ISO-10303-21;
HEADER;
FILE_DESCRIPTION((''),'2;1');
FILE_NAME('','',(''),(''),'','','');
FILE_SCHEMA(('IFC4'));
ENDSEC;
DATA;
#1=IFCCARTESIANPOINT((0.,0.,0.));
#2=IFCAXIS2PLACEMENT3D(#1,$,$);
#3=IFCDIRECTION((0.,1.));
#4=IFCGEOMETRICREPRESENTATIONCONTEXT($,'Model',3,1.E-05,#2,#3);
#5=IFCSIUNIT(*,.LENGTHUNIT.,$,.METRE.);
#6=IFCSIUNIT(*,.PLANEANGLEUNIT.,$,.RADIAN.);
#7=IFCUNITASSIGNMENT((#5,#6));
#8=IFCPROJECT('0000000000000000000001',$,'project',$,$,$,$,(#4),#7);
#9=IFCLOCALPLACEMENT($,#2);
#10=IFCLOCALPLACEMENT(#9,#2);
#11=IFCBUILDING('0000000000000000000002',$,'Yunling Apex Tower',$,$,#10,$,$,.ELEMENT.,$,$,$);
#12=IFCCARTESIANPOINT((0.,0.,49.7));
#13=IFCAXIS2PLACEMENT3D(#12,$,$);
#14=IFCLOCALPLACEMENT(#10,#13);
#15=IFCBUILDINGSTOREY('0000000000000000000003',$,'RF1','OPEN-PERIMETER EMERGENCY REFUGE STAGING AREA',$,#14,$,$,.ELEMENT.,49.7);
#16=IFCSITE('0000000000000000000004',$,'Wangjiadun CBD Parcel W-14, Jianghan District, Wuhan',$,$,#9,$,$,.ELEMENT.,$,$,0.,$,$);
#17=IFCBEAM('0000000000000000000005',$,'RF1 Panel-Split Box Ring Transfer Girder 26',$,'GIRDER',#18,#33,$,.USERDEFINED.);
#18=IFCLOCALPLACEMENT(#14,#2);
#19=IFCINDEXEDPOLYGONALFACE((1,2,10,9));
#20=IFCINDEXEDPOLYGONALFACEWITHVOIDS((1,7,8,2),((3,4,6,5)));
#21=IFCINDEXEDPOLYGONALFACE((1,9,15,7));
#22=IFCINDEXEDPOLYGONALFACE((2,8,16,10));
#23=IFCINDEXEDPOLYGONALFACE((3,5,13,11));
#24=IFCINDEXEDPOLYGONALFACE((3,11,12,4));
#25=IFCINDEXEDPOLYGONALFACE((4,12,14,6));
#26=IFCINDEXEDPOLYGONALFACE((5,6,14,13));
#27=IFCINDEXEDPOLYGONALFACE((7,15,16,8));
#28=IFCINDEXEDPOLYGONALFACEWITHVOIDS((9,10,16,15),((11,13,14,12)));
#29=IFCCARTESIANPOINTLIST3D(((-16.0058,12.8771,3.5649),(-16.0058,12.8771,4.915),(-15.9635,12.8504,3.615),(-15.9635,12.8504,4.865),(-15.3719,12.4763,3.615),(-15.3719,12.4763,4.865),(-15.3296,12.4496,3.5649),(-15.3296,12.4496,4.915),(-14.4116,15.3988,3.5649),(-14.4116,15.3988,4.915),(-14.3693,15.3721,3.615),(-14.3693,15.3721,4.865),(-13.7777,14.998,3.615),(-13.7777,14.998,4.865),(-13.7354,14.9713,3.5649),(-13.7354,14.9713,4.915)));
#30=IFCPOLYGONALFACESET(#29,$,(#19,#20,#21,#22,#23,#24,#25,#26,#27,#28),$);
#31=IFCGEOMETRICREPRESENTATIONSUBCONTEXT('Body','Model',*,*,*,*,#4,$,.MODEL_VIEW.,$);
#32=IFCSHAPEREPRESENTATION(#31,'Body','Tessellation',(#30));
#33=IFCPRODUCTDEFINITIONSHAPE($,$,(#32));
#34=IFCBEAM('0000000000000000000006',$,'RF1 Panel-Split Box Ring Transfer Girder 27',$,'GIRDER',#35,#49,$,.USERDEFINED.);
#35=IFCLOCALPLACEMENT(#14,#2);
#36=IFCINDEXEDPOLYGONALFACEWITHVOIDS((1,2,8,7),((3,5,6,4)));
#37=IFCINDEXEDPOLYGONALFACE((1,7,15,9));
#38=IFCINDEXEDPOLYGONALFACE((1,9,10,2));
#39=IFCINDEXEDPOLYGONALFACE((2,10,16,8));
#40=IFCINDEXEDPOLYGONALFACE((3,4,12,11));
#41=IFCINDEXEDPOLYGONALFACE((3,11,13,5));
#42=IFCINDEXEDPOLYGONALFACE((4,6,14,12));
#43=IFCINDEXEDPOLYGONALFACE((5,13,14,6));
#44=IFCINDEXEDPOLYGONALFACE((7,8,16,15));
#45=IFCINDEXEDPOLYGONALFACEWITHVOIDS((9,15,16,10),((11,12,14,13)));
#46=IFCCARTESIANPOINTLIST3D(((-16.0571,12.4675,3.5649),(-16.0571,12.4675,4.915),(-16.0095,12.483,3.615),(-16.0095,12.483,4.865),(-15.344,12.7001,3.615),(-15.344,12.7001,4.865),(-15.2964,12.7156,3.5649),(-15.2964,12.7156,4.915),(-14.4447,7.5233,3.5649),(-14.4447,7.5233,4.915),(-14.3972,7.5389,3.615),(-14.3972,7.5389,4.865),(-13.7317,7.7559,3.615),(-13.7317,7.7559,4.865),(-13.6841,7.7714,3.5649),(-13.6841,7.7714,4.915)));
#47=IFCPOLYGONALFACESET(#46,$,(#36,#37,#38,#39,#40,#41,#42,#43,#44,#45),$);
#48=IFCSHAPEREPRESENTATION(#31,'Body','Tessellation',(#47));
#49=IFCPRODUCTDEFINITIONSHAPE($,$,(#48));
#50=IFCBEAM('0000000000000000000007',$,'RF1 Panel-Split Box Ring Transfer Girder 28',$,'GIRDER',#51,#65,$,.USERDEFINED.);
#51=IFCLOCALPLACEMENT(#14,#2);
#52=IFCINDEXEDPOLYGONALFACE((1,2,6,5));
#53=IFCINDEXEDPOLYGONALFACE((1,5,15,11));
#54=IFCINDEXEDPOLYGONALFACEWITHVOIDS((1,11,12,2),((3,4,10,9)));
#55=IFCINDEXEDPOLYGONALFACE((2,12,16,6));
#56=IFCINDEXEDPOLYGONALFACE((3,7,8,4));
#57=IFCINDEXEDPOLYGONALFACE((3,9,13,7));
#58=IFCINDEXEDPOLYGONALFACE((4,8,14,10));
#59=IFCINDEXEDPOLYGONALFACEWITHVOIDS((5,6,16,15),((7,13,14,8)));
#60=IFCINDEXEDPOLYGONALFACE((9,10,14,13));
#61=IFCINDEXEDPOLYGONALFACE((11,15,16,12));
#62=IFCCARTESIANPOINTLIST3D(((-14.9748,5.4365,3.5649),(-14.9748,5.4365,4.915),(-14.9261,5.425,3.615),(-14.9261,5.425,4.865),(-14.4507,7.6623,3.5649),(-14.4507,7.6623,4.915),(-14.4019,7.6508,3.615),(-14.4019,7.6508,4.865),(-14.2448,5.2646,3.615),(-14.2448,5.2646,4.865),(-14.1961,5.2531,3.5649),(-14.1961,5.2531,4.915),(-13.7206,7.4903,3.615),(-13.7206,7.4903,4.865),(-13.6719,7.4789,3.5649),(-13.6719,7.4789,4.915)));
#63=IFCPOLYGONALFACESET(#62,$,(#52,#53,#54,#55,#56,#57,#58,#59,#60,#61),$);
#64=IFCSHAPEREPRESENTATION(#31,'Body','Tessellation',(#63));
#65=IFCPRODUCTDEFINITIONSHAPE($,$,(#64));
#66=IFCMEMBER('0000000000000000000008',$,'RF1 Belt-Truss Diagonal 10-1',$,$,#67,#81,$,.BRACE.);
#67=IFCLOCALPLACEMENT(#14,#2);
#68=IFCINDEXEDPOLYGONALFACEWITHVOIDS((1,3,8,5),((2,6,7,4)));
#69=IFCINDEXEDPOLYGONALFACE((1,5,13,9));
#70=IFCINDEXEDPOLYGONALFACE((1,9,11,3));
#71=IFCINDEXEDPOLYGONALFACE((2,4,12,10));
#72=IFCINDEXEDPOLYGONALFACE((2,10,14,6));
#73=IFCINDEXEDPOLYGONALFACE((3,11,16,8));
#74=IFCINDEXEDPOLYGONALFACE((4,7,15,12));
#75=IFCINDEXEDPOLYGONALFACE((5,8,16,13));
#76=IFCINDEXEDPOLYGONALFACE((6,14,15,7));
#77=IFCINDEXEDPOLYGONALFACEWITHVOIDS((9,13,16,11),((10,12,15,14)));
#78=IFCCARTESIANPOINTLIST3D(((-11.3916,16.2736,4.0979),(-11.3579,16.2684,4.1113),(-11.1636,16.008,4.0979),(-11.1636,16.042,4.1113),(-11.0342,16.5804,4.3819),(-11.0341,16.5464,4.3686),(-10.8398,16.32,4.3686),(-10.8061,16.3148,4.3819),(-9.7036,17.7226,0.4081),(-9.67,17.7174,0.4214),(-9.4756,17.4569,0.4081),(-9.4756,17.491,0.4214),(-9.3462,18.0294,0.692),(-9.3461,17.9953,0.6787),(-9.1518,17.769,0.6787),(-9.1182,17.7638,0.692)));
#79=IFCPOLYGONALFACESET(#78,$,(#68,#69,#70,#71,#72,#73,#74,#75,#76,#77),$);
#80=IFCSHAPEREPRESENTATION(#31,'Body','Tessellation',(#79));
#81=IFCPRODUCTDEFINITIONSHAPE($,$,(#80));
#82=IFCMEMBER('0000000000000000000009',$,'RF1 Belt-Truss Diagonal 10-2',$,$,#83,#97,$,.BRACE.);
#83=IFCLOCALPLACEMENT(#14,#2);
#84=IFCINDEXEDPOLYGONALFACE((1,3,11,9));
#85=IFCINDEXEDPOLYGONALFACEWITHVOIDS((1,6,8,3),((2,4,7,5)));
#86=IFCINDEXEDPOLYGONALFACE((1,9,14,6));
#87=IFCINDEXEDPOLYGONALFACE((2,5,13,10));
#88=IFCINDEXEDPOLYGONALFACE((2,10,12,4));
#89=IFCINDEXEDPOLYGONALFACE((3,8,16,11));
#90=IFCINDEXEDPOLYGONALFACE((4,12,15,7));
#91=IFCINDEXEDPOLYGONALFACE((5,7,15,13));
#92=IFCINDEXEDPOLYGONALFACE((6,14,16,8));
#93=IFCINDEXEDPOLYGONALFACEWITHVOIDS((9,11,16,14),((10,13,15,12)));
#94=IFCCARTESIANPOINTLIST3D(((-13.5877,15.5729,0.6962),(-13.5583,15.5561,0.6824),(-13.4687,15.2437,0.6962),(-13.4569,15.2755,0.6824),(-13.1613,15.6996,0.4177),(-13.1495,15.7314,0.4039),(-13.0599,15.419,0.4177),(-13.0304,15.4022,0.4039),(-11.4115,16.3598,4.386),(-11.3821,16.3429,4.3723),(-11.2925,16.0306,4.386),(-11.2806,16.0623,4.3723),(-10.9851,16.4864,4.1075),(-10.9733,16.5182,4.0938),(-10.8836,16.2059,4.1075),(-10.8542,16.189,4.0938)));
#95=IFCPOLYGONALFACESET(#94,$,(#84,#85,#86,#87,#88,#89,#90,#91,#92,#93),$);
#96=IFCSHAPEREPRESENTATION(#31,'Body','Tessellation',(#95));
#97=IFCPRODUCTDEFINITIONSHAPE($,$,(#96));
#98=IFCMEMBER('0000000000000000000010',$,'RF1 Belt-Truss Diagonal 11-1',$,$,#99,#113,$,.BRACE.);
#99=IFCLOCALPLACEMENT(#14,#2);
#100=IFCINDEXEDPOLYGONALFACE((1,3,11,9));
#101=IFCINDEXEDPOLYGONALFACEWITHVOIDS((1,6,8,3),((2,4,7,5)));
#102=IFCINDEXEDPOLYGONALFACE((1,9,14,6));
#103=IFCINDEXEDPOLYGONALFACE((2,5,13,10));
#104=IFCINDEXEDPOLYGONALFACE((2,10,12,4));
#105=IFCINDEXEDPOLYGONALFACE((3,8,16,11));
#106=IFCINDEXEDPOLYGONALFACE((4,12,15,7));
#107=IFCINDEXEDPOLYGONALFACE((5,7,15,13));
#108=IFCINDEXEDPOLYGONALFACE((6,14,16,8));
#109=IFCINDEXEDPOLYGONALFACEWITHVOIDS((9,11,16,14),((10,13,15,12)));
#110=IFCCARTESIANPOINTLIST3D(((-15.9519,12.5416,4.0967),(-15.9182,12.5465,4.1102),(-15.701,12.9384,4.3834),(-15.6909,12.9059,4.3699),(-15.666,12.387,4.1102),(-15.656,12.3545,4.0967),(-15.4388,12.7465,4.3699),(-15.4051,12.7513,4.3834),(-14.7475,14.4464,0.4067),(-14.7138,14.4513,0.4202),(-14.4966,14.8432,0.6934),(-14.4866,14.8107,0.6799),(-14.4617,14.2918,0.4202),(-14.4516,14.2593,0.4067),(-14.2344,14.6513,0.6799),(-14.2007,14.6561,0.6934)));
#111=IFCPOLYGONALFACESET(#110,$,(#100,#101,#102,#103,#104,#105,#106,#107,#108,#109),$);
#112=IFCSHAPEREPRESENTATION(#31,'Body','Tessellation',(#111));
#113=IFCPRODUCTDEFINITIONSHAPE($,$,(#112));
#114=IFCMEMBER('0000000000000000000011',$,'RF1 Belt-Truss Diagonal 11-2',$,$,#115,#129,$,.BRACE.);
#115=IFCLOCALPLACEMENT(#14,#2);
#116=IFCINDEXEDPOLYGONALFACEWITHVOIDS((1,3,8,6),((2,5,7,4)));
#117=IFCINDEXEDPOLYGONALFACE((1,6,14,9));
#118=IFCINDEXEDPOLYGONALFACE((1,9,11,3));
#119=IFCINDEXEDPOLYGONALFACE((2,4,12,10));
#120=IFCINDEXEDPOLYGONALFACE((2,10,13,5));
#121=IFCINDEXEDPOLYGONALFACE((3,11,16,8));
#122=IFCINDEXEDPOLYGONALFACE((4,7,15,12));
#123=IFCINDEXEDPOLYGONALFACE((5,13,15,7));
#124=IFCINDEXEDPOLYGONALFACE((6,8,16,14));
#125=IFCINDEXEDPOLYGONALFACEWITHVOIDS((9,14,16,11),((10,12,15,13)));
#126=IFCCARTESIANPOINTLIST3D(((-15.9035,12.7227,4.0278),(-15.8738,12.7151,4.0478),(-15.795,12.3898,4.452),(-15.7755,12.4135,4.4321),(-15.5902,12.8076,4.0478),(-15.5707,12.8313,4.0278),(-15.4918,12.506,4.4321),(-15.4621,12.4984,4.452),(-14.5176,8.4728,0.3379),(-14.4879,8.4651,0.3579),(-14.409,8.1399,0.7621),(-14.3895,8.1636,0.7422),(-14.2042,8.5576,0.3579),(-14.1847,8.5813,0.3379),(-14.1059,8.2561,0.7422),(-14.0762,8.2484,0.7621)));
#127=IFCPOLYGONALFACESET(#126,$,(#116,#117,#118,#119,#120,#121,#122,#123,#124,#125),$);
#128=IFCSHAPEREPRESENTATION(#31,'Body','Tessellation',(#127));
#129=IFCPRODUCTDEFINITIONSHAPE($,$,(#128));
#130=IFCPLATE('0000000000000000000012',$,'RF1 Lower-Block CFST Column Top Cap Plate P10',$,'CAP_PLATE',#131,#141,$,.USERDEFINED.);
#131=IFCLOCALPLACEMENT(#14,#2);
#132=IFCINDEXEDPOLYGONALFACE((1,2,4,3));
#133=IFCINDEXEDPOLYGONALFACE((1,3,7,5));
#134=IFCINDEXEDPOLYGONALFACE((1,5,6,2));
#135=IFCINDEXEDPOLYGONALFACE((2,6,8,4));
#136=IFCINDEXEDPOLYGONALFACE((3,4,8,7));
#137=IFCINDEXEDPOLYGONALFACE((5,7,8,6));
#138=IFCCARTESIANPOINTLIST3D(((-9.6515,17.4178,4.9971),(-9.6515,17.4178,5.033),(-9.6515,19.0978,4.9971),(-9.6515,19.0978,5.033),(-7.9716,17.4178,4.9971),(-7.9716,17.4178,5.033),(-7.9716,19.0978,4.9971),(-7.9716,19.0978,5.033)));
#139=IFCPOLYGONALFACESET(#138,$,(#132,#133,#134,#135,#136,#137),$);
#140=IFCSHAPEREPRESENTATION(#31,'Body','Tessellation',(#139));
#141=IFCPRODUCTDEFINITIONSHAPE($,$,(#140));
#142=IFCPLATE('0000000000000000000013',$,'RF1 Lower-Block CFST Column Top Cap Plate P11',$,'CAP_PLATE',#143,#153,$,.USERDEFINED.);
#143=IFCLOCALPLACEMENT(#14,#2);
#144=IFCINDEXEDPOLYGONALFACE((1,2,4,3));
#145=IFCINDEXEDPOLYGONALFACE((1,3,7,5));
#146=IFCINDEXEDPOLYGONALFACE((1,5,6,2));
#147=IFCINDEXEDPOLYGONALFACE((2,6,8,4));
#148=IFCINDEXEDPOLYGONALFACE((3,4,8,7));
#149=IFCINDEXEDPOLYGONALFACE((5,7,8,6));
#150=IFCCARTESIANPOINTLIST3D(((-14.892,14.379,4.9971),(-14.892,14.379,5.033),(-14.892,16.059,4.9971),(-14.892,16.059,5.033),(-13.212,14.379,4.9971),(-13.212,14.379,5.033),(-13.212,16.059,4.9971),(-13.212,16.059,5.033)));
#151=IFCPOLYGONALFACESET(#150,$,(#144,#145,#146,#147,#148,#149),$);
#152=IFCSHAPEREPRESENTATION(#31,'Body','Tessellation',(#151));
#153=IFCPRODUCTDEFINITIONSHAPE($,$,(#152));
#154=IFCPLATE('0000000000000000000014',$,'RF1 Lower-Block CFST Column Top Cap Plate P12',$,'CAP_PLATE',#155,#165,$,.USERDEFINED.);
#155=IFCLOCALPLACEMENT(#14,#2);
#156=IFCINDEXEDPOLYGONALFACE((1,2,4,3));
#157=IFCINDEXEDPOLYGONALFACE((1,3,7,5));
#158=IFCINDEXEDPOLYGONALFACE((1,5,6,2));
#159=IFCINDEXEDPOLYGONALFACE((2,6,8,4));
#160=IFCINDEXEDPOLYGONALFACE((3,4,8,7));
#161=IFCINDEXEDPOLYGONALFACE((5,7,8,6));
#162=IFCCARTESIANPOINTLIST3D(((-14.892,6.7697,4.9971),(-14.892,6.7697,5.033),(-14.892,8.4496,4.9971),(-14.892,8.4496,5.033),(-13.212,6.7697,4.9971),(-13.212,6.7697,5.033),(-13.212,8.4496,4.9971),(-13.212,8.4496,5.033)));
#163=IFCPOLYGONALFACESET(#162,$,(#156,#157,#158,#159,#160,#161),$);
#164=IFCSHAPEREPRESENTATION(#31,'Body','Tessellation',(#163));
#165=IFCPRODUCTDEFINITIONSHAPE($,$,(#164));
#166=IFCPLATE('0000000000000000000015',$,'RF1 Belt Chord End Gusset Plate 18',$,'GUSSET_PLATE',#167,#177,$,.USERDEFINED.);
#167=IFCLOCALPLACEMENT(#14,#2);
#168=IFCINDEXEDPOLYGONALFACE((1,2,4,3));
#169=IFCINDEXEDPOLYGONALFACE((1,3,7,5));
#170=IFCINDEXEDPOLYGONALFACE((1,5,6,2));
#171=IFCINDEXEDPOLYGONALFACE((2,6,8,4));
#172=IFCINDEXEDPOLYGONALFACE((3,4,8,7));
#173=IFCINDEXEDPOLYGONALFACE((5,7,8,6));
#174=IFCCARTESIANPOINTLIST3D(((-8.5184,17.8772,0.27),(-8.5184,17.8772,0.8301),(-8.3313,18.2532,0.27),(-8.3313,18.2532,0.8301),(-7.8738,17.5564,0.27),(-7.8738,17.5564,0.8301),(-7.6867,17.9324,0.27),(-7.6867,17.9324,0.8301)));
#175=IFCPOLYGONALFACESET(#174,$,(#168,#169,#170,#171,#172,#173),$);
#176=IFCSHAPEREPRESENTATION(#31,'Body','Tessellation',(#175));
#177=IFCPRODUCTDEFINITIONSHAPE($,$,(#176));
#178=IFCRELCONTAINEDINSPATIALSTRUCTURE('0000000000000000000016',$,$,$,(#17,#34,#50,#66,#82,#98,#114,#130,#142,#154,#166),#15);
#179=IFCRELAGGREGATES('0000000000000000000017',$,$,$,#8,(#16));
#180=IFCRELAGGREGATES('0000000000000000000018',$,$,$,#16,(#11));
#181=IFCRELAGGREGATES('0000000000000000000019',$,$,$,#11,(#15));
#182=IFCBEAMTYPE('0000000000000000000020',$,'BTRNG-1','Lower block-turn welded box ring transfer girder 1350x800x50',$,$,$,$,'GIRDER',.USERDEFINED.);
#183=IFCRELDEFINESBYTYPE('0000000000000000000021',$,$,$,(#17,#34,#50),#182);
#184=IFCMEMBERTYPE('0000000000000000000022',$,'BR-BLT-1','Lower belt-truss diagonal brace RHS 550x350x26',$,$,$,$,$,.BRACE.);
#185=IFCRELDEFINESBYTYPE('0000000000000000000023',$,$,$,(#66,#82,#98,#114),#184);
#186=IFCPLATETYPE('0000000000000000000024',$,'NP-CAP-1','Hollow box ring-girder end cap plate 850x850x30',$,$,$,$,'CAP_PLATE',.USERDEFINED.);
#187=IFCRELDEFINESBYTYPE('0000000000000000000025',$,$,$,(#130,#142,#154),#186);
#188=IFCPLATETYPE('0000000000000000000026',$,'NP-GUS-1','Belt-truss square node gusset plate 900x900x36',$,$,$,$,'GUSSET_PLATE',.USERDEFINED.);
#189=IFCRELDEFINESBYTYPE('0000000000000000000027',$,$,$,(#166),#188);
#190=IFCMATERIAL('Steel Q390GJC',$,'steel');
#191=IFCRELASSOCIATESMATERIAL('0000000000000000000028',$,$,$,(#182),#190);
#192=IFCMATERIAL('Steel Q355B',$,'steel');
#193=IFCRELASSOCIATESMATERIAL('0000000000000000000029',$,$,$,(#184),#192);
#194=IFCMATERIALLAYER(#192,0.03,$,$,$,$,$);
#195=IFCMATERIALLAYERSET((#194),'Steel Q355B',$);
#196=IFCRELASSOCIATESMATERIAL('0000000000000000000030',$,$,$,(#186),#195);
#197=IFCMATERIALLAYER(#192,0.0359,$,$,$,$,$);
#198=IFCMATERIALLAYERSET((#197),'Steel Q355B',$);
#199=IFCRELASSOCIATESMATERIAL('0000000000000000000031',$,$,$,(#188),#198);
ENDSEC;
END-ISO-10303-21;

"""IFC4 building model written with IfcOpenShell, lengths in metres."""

from ifc_helpers import new_model, si_unit, direction, frame, origin, origin_2d, place, context, subcontext, project, spatial, rectangle, hollow_rectangle, extrude, source, transform, mapped, material, layer, layer_set, material_profile, profile_set, type_object, element, save


model = new_model("IFC4")

# Units and contexts
model_context = context("Model", 3, precision=1e-05, world=origin(), true_north=direction((0.0, 1.0)))
body_context = subcontext(model_context, "Body", "Model", "MODEL_VIEW")
ifc_project = project(units=[si_unit("LENGTHUNIT", "METRE"), si_unit("PLANEANGLEUNIT", "RADIAN")], contexts=[model_context])

# Site, building, storey
site_placement = place(None, origin())
site = spatial("IfcSite", under=ifc_project, at=site_placement, Name="Wangjiadun CBD Parcel W-14, Jianghan District, Wuhan", CompositionType="ELEMENT", RefElevation=0.0)
building_placement = place(site_placement, origin())
building = spatial("IfcBuilding", under=site, at=building_placement, Name="Yunling Apex Tower", CompositionType="ELEMENT")
storey_placement = place(building_placement, frame((0.0, 0.0, 49.7)))
storey = spatial("IfcBuildingStorey", under=building, at=storey_placement, Name="RF1", Description="OPEN-PERIMETER EMERGENCY REFUGE STAGING AREA", CompositionType="ELEMENT", Elevation=49.7)

# Shared definitions
ifc_material_1 = material(Name="Steel Q390GJC", Category="steel")

# Beams
ifc_material_profile_1 = material_profile(ifc_material_1, hollow_rectangle(XDim=0.8, YDim=1.3501, WallThickness=0.05, at=origin_2d()))
ifc_profile_set_1 = profile_set([ifc_material_profile_1], Name="Steel Q390GJC")
beam_type = type_object("IfcBeamType", Name="BTRNG-1", Description="Lower block-turn welded box ring transfer girder 1350x800x50", ElementType="GIRDER", PredefinedType="USERDEFINED", material=ifc_profile_set_1)
shared_shape_1 = source(origin(), body_context, "Body", "SweptSolid", [
    extrude(hollow_rectangle(XDim=0.8, YDim=1.3501, WallThickness=0.05, at=origin_2d()), origin(), (0.0, 0.0, 1.0), 2.9834),
])
beam_1_placement = place(storey_placement, frame((-14.0735, 15.1851, 4.24), z_axis=(-0.534369, -0.845252, 0.0), x_axis=(0.845252, -0.534369, 0.0)))
element("IfcBeam", 1, at=beam_1_placement, inside=storey, type_object=beam_type, Name="RF1 Panel-Split Box Ring Transfer Girder 26", ObjectType="GIRDER", PredefinedType="USERDEFINED", context=body_context, shape_type="MappedRepresentation", body=[
    mapped(shared_shape_1, transform((0.0, 0.0, 0.0), scale=1.0)),
])
shared_shape_2 = source(origin(), body_context, "Body", "SweptSolid", [
    extrude(hollow_rectangle(XDim=0.8, YDim=1.3501, WallThickness=0.05, at=origin_2d()), origin(), (0.0, 0.0, 1.0), 5.2004),
])
beam_2_placement = place(storey_placement, frame((-15.6768, 12.5916, 4.24), z_axis=(0.310038, -0.950724, 0.0), x_axis=(0.950724, 0.310038, 0.0)))
element("IfcBeam", 2, at=beam_2_placement, inside=storey, type_object=beam_type, Name="RF1 Panel-Split Box Ring Transfer Girder 27", ObjectType="GIRDER", PredefinedType="USERDEFINED", context=body_context, shape_type="MappedRepresentation", body=[
    mapped(shared_shape_2, transform((0.0, 0.0, 0.0), scale=1.0)),
])
shared_shape_3 = source(origin(), body_context, "Body", "SweptSolid", [
    extrude(hollow_rectangle(XDim=0.8, YDim=1.3501, WallThickness=0.05, at=origin_2d()), origin(), (0.0, 0.0, 1.0), 2.2866),
])
beam_3_placement = place(storey_placement, frame((-14.0613, 7.5706, 4.24), z_axis=(-0.229224, -0.973374, 0.0), x_axis=(0.973374, -0.229224, 0.0)))
element("IfcBeam", 3, at=beam_3_placement, inside=storey, type_object=beam_type, Name="RF1 Panel-Split Box Ring Transfer Girder 28", ObjectType="GIRDER", PredefinedType="USERDEFINED", context=body_context, shape_type="MappedRepresentation", body=[
    mapped(shared_shape_3, transform((0.0, 0.0, 0.0), scale=1.0)),
])

# Members
ifc_material_2 = material(Name="Steel Q355B", Category="steel")
ifc_material_profile_2 = material_profile(ifc_material_2, hollow_rectangle(XDim=0.3501, YDim=0.55, WallThickness=0.0259, at=origin_2d()))
ifc_profile_set_2 = profile_set([ifc_material_profile_2], Name="Steel Q355B")
member_type_1 = type_object("IfcMemberType", Name="BR-BLT-1", Description="Lower belt-truss diagonal brace RHS 550x350x26", PredefinedType="BRACE", material=ifc_profile_set_2)
shared_shape_4 = source(origin(), body_context, "Body", "SweptSolid", [
    extrude(hollow_rectangle(XDim=0.3501, YDim=0.55, WallThickness=0.0259, at=origin_2d()), origin(), (0.0, 0.0, 1.0), 4.3086),
])
member_1_placement = place(storey_placement, frame((-9.4109, 17.7432, 0.55), z_axis=(-0.391767, -0.336294, 0.856402), x_axis=(0.651343, -0.758784, 0.0)))
element("IfcMember", 4, at=member_1_placement, inside=storey, type_object=member_type_1, Name="RF1 Belt-Truss Diagonal 10-1", PredefinedType="BRACE", context=body_context, shape_type="MappedRepresentation", body=[
    mapped(shared_shape_4, transform((0.0, 0.0, 0.0), scale=1.0)),
])
shared_shape_5 = source(origin(), body_context, "Body", "SweptSolid", [
    extrude(hollow_rectangle(XDim=0.3501, YDim=0.55, WallThickness=0.0259, at=origin_2d()), origin(), (0.0, 0.0, 1.0), 4.3555),
])
member_2_placement = place(storey_placement, frame((-13.3091, 15.4875, 0.55), z_axis=(0.499652, 0.180657, 0.847178), x_axis=(-0.340023, 0.940417, 0.0)))
element("IfcMember", 5, at=member_2_placement, inside=storey, type_object=member_type_1, Name="RF1 Belt-Truss Diagonal 10-2", PredefinedType="BRACE", context=body_context, shape_type="MappedRepresentation", body=[
    mapped(shared_shape_5, transform((0.0, 0.0, 0.0), scale=1.0)),
])
shared_shape_6 = source(origin(), body_context, "Body", "SweptSolid", [
    extrude(hollow_rectangle(XDim=0.3501, YDim=0.55, WallThickness=0.0259, at=origin_2d()), origin(), (0.0, 0.0, 1.0), 4.3237),
])
member_3_placement = place(storey_placement, frame((-14.4741, 14.5513, 0.55), z_axis=(-0.278546, -0.440546, 0.853424), x_axis=(0.845224, -0.534413, 0.0)))
element("IfcMember", 6, at=member_3_placement, inside=storey, type_object=member_type_1, Name="RF1 Belt-Truss Diagonal 11-1", PredefinedType="BRACE", context=body_context, shape_type="MappedRepresentation", body=[
    mapped(shared_shape_6, transform((0.0, 0.0, 0.0), scale=1.0)),
])
shared_shape_7 = source(origin(), body_context, "Body", "SweptSolid", [
    extrude(hollow_rectangle(XDim=0.3501, YDim=0.55, WallThickness=0.0259, at=origin_2d()), origin(), (0.0, 0.0, 1.0), 5.7964),
])
member_4_placement = place(storey_placement, frame((-14.2969, 8.3606, 0.55), z_axis=(-0.239108, 0.733204, 0.636584), x_axis=(-0.950722, -0.310044, 0.0)))
element("IfcMember", 7, at=member_4_placement, inside=storey, type_object=member_type_1, Name="RF1 Belt-Truss Diagonal 11-2", PredefinedType="BRACE", context=body_context, shape_type="MappedRepresentation", body=[
    mapped(shared_shape_7, transform((0.0, 0.0, 0.0), scale=1.0)),
])

# Plates
ifc_layer_1 = layer(ifc_material_2, 0.03)
ifc_layer_set_1 = layer_set([ifc_layer_1], Name="Steel Q355B")
plate_type_1 = type_object("IfcPlateType", Name="NP-CAP-1", Description="Hollow box ring-girder end cap plate 850x850x30", ElementType="CAP_PLATE", PredefinedType="USERDEFINED", material=ifc_layer_set_1)
shared_shape_8 = source(origin(), body_context, "Body", "SweptSolid", [
    extrude(rectangle(XDim=1.6799, YDim=1.6799, at=origin_2d()), origin(), (0.0, 0.0, 1.0), 0.0359),
])
for number, where, z_axis, x_axis, name in (
    (8, (-8.8115, 18.2578, 4.9971), (0.0, 0.0, 1.0), (1.0, 0.0, 0.0), "RF1 Lower-Block CFST Column Top Cap Plate P10"),
    (9, (-14.052, 15.219, 4.9971), (0.0, 0.0, 1.0), (1.0, 0.0, 0.0), "RF1 Lower-Block CFST Column Top Cap Plate P11"),
    (10, (-14.052, 7.6096, 4.9971), (0.0, 0.0, 1.0), (1.0, 0.0, 0.0), "RF1 Lower-Block CFST Column Top Cap Plate P12"),
):
    element("IfcPlate", number, at=place(storey_placement, frame(where, z_axis=z_axis, x_axis=x_axis)), inside=storey, type_object=plate_type_1, Name=name, ObjectType="CAP_PLATE", PredefinedType="USERDEFINED", context=body_context, shape_type="MappedRepresentation", body=[
        mapped(shared_shape_8, transform((0.0, 0.0, 0.0), scale=1.0)),
    ])
ifc_layer_2 = layer(ifc_material_2, 0.0359)
ifc_layer_set_2 = layer_set([ifc_layer_2], Name="Steel Q355B")
plate_type_2 = type_object("IfcPlateType", Name="NP-GUS-1", Description="Belt-truss square node gusset plate 900x900x36", ElementType="GUSSET_PLATE", PredefinedType="USERDEFINED", material=ifc_layer_set_2)
shared_shape_9 = source(origin(), body_context, "Body", "SweptSolid", [
    extrude(rectangle(XDim=0.72, YDim=0.4199, at=origin_2d()), origin(), (0.0, 0.0, 1.0), 0.5601),
])
for number, where, z_axis, x_axis, name in (
    (11, (-8.1025, 17.9048, 0.27), (0.0, 0.0, 1.0), (-0.895246, 0.445573, 0.0), "RF1 Belt Chord End Gusset Plate 18"),
):
    element("IfcPlate", number, at=place(storey_placement, frame(where, z_axis=z_axis, x_axis=x_axis)), inside=storey, type_object=plate_type_2, Name=name, ObjectType="GUSSET_PLATE", PredefinedType="USERDEFINED", context=body_context, shape_type="MappedRepresentation", body=[
        mapped(shared_shape_9, transform((0.0, 0.0, 0.0), scale=1.0)),
    ])

save(model, "model.ifc")
